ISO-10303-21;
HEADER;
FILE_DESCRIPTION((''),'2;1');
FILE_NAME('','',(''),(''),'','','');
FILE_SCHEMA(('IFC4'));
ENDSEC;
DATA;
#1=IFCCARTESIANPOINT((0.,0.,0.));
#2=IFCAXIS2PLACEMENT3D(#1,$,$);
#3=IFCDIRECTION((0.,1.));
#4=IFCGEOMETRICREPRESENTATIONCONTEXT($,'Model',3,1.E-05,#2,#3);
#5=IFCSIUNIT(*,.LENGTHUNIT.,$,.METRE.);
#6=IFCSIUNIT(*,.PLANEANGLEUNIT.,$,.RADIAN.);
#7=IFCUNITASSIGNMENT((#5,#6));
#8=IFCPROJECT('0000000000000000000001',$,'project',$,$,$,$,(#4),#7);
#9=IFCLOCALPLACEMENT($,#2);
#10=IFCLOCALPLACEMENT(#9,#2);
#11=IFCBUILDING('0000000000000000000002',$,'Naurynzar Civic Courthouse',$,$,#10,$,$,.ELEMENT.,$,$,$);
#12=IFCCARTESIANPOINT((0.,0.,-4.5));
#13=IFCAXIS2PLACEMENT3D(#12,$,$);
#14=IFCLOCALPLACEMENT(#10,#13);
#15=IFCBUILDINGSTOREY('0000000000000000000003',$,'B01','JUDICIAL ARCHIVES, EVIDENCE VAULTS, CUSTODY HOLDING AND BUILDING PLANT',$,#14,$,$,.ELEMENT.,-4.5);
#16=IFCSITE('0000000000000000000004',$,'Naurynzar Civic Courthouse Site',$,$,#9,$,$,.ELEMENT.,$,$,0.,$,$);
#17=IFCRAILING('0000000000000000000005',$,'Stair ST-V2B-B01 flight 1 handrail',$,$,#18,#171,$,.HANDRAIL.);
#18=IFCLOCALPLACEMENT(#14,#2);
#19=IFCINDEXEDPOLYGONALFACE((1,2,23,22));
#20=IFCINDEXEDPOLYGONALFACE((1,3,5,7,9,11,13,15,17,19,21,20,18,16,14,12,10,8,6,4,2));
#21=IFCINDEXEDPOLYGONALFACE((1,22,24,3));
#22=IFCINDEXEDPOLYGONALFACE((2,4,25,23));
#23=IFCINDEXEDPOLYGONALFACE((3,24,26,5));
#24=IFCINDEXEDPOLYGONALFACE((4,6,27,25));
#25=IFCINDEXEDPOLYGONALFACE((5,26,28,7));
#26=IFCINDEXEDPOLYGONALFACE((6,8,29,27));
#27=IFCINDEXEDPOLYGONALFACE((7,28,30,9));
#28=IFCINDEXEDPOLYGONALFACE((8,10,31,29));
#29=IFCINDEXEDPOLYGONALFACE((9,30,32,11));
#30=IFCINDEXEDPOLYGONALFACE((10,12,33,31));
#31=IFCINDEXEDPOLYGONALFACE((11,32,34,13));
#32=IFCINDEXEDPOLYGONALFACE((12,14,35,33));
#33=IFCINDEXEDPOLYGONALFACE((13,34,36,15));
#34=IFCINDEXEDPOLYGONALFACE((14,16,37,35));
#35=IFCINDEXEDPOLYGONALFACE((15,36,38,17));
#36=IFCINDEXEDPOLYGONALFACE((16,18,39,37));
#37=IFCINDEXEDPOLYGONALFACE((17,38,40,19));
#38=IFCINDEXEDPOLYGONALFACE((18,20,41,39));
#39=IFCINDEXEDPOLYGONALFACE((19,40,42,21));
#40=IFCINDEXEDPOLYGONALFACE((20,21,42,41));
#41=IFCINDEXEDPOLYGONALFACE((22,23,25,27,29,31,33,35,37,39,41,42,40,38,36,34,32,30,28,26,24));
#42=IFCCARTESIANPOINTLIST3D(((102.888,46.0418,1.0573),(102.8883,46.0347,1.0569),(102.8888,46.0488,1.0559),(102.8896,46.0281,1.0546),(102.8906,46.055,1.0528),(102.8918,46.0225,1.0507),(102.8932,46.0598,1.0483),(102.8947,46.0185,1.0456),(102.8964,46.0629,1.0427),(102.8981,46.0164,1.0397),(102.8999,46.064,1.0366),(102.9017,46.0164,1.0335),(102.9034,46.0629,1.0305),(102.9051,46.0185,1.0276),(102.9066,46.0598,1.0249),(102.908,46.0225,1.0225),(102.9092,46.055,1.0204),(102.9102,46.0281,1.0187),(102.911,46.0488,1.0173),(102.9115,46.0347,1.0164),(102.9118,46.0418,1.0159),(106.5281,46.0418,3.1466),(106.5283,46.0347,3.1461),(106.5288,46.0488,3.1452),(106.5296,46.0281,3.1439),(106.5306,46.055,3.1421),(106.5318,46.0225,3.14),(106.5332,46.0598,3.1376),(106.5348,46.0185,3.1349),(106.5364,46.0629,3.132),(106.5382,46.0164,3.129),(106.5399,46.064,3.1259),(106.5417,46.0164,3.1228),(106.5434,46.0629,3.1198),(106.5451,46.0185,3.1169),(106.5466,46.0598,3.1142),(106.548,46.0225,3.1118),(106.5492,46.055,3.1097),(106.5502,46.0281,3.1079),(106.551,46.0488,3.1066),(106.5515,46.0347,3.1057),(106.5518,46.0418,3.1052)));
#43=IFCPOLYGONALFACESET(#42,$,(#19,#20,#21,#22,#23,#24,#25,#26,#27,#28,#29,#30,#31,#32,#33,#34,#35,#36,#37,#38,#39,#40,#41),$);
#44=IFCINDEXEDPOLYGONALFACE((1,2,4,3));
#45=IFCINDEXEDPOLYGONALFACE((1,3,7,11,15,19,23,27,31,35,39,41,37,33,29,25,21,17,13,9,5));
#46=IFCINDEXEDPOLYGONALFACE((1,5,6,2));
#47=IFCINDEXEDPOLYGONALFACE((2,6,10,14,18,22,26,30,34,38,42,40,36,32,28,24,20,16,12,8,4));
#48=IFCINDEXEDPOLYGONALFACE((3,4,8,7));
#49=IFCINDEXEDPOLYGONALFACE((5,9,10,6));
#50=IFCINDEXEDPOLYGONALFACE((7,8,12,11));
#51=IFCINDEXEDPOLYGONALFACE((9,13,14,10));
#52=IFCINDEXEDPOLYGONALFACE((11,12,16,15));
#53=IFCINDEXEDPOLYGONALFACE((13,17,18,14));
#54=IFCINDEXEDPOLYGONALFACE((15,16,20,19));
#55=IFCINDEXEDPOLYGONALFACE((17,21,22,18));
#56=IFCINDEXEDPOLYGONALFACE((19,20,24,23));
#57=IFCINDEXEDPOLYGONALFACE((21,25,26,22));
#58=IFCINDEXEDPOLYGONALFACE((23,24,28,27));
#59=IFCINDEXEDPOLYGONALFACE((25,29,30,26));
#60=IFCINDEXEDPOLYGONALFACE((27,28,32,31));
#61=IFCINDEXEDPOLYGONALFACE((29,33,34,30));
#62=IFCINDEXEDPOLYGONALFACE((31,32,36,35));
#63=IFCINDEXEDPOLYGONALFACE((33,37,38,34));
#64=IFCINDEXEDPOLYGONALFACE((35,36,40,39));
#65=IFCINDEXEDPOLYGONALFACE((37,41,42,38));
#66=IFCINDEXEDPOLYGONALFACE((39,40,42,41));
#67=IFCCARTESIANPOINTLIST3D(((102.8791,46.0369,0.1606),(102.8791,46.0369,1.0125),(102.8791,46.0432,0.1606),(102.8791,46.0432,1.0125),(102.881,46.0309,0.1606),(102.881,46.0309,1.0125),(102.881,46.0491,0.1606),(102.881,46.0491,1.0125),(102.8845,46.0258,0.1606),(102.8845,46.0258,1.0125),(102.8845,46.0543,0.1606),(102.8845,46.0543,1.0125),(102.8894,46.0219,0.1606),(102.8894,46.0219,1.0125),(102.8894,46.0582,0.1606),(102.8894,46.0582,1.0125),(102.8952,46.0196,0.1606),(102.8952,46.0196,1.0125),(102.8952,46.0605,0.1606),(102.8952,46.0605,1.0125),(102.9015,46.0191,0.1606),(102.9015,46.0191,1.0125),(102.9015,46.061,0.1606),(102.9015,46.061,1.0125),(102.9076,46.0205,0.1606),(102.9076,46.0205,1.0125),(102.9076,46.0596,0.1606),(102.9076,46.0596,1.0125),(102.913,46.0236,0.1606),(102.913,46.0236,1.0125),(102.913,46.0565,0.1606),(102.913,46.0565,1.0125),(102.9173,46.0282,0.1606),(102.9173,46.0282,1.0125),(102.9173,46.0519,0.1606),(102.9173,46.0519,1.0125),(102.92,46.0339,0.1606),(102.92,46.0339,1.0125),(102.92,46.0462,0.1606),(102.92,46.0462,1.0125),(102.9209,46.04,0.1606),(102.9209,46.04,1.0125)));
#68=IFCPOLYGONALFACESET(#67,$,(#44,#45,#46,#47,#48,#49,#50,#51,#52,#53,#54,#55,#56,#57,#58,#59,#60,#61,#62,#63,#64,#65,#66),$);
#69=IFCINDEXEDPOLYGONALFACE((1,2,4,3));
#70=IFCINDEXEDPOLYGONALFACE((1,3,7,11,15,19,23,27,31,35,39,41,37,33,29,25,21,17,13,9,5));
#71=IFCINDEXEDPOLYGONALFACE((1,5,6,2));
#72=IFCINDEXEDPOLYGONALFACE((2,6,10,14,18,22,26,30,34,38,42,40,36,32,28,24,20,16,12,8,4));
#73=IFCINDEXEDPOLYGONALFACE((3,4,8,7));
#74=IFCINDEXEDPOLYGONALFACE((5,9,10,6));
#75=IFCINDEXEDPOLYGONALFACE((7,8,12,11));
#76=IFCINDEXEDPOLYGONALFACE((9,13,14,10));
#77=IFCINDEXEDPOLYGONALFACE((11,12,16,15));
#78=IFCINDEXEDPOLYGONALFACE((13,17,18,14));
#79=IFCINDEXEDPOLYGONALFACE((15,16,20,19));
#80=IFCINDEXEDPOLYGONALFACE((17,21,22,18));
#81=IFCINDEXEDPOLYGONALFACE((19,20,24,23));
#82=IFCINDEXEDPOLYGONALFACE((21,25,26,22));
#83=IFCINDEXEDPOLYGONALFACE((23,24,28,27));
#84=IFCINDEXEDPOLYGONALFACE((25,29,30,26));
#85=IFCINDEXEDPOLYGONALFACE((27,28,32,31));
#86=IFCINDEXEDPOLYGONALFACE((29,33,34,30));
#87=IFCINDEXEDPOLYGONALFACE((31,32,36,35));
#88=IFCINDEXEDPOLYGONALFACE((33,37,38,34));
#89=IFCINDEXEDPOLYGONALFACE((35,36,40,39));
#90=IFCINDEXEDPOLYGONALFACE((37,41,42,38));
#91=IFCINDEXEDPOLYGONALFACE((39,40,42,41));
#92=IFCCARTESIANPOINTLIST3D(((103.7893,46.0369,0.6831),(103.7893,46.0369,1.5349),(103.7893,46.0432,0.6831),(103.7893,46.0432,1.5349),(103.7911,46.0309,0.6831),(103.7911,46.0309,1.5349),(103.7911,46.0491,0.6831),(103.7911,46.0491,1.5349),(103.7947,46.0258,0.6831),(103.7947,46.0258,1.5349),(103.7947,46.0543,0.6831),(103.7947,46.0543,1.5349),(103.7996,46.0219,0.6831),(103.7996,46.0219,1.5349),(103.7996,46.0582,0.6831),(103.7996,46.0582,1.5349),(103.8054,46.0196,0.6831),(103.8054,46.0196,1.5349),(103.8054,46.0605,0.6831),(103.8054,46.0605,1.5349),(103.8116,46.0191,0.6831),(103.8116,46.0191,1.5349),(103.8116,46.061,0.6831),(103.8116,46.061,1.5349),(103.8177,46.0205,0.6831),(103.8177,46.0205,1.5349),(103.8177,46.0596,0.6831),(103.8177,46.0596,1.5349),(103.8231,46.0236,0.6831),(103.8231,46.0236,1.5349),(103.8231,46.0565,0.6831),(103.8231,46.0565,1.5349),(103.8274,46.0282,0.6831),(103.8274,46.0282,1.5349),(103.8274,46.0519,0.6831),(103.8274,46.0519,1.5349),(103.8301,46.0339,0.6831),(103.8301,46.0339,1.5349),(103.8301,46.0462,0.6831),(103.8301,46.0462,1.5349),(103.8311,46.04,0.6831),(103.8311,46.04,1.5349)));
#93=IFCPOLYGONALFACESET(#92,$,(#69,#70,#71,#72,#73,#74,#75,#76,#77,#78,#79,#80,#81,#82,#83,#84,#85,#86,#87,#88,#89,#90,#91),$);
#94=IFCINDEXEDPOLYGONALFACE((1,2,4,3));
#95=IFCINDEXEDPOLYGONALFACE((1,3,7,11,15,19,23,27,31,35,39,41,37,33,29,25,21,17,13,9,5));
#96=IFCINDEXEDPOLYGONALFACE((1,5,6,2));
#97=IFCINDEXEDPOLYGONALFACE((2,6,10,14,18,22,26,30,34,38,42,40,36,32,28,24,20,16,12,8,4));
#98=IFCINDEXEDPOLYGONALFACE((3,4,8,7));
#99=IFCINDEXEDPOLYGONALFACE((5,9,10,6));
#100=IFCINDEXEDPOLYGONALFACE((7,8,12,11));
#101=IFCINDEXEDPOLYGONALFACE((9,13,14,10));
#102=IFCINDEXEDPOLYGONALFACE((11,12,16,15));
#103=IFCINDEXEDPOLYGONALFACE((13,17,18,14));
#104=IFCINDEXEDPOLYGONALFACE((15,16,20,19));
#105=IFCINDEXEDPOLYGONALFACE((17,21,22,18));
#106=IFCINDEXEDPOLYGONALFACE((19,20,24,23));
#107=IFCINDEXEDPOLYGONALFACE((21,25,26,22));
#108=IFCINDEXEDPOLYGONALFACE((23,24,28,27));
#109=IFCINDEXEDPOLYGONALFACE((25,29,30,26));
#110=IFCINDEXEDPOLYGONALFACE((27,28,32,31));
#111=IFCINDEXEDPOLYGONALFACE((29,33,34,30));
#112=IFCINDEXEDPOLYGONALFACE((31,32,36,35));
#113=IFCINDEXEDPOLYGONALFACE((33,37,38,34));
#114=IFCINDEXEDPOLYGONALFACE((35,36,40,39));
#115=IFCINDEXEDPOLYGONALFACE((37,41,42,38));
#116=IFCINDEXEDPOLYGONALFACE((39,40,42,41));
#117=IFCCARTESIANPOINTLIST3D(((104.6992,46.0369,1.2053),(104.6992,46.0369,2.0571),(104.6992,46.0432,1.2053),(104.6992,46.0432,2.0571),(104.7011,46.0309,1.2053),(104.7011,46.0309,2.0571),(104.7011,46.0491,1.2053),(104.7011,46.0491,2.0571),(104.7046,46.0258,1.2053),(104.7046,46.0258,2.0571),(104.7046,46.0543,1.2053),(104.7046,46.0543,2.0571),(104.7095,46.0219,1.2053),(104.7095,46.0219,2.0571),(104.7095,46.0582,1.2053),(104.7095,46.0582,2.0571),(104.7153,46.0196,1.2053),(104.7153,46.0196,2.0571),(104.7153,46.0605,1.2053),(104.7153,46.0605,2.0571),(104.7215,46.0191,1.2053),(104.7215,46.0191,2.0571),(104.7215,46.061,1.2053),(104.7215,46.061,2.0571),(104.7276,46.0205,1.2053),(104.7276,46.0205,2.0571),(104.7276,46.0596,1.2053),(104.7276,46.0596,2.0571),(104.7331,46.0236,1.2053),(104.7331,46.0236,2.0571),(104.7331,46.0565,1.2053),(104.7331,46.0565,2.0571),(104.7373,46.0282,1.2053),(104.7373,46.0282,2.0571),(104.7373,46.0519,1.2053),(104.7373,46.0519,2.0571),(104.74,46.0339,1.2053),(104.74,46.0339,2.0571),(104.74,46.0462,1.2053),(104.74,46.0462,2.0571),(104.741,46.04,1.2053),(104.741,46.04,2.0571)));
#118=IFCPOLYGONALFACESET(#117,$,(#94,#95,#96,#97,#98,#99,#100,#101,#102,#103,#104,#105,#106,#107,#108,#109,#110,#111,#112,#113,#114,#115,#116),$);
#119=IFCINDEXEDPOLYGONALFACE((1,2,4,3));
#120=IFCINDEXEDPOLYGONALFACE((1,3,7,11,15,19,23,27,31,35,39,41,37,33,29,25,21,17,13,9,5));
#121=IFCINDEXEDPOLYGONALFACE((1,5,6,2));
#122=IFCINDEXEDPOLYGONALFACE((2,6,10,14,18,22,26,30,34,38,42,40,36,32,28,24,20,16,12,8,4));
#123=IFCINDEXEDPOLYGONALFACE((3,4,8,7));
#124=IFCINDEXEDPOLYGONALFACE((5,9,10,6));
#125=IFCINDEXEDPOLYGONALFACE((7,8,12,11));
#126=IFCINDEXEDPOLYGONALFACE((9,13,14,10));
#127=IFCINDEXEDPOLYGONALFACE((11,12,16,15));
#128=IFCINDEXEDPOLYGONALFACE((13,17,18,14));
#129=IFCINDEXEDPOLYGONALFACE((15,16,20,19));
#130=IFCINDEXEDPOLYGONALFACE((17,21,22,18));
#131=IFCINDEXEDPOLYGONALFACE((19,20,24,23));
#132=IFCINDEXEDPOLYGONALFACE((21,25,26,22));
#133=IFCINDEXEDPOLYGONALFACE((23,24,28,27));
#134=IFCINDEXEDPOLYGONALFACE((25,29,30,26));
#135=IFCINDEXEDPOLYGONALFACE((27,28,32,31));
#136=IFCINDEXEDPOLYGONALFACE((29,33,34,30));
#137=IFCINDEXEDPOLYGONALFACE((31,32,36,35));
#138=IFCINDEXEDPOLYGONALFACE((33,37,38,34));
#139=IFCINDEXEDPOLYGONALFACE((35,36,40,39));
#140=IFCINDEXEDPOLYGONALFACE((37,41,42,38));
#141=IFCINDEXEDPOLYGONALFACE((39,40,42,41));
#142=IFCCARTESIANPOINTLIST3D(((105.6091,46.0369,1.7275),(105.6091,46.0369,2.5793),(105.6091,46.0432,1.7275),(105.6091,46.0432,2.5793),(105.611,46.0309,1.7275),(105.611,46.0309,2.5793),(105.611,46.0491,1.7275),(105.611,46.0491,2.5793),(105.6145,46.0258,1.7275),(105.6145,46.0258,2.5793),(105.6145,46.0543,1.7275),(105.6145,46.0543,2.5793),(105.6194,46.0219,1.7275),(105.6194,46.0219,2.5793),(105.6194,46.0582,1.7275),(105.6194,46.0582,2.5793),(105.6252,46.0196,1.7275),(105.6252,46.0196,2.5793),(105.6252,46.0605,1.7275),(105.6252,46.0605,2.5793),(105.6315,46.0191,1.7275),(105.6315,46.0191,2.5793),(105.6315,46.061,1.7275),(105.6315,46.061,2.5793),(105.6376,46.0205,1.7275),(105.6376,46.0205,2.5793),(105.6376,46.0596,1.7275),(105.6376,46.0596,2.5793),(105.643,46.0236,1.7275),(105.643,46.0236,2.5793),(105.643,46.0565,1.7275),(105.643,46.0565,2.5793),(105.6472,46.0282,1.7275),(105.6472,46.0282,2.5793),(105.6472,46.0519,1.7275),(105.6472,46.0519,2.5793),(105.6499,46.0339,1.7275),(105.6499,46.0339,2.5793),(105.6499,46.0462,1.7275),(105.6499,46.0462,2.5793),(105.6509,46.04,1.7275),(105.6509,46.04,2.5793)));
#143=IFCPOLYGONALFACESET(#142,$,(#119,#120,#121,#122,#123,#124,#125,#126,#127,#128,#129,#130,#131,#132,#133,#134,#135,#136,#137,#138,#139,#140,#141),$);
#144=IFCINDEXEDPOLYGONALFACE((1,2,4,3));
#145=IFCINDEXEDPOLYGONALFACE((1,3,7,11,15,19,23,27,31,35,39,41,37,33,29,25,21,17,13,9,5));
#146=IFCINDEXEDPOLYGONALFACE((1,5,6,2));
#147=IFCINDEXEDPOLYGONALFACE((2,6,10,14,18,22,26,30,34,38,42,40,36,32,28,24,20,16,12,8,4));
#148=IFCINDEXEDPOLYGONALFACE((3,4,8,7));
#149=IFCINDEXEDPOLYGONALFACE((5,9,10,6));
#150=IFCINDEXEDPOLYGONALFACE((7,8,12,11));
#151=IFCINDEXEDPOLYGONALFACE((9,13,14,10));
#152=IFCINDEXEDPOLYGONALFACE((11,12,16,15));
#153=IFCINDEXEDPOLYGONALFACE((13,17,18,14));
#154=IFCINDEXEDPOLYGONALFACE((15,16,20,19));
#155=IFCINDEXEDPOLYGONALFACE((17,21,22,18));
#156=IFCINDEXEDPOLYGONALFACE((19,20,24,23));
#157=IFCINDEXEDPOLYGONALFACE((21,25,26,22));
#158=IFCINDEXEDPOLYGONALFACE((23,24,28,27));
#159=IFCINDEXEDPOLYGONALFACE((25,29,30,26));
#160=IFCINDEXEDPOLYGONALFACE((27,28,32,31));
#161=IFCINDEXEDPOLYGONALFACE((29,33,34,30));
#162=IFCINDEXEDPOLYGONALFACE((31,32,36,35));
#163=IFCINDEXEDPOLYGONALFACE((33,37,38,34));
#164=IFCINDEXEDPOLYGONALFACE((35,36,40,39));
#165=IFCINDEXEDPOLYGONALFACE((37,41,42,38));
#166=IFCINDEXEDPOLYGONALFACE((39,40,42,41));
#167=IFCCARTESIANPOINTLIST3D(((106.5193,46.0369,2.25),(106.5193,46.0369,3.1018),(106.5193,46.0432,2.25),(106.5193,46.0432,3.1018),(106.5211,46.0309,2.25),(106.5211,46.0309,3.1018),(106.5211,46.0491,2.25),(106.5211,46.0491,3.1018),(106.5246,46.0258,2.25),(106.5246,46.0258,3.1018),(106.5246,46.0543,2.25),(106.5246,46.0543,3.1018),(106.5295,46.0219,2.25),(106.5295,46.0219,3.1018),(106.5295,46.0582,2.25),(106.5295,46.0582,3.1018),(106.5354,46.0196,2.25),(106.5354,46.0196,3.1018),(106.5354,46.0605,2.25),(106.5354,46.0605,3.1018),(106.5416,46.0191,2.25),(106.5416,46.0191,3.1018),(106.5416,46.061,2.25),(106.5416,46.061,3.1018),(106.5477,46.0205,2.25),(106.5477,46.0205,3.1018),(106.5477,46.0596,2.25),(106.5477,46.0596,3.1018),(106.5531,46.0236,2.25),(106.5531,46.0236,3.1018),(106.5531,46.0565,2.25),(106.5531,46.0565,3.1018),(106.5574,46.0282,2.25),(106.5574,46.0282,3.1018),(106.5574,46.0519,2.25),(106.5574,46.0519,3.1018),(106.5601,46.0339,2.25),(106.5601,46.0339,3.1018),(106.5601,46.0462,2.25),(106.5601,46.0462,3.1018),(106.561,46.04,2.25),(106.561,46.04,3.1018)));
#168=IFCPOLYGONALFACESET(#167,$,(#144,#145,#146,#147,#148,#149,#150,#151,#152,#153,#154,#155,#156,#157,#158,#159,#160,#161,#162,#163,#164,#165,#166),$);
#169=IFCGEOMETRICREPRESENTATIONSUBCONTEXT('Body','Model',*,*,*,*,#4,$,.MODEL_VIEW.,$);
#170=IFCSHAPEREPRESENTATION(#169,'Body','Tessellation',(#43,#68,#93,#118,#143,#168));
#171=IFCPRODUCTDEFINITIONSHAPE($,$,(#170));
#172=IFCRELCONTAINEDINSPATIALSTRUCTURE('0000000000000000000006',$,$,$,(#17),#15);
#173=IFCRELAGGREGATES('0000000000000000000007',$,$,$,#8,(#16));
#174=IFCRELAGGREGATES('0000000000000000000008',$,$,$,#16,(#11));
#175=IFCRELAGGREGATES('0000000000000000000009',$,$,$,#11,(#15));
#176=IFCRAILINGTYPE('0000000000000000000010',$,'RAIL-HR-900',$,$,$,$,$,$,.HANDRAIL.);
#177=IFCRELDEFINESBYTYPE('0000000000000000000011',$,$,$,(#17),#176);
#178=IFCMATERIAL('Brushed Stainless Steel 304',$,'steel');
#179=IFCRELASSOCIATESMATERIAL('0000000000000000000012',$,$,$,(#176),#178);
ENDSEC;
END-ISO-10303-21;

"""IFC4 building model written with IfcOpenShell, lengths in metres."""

from ifc_helpers import new_model, si_unit, direction, frame, origin, origin_2d, place, context, subcontext, project, spatial, circle, extrude, material, type_object, element, save


model = new_model("IFC4")

# Units and contexts
model_context = context("Model", 3, precision=1e-05, world=origin(), true_north=direction((0.0, 1.0)))
body_context = subcontext(model_context, "Body", "Model", "MODEL_VIEW")
ifc_project = project(units=[si_unit("LENGTHUNIT", "METRE"), si_unit("PLANEANGLEUNIT", "RADIAN")], contexts=[model_context])

# Site, building, storey
site_placement = place(None, origin())
site = spatial("IfcSite", under=ifc_project, at=site_placement, Name="Naurynzar Civic Courthouse Site", CompositionType="ELEMENT", RefElevation=0.0)
building_placement = place(site_placement, origin())
building = spatial("IfcBuilding", under=site, at=building_placement, Name="Naurynzar Civic Courthouse", CompositionType="ELEMENT")
storey_placement = place(building_placement, frame((0.0, 0.0, -4.5)))
storey = spatial("IfcBuildingStorey", under=building, at=storey_placement, Name="B01", Description="JUDICIAL ARCHIVES, EVIDENCE VAULTS, CUSTODY HOLDING AND BUILDING PLANT", CompositionType="ELEMENT", Elevation=-4.5)

# Railing
ifc_material_1 = material(Name="Brushed Stainless Steel 304", Category="steel")
railing_type_1 = type_object("IfcRailingType", Name="RAIL-HR-900", PredefinedType="HANDRAIL", material=ifc_material_1)
railing_1_placement = place(storey_placement, frame((102.8999, 46.04, 0.1606)))
element("IfcRailing", 1, at=railing_1_placement, inside=storey, type_object=railing_type_1, Name="Stair ST-V2B-B01 flight 1 handrail", PredefinedType="HANDRAIL", context=body_context, shape_type="SweptSolid", body=[
    extrude(circle(Radius=0.0239, at=origin_2d()), frame((0.0, 0.0, 0.876), z_axis=(0.867289, 0.0, 0.497804), x_axis=(0.0, 1.0, 0.0)), (0.0, 0.0, 1.0), 4.197),
    extrude(circle(Radius=0.021, at=origin_2d()), origin(), (0.0, 0.0, 1.0), 0.8518),
    extrude(circle(Radius=0.021, at=origin_2d()), frame((0.9102, 0.0, 0.5225)), (0.0, 0.0, 1.0), 0.8518),
    extrude(circle(Radius=0.021, at=origin_2d()), frame((1.8201, 0.0, 1.0447)), (0.0, 0.0, 1.0), 0.8518),
    extrude(circle(Radius=0.021, at=origin_2d()), frame((2.73, 0.0, 1.5669)), (0.0, 0.0, 1.0), 0.8518),
    extrude(circle(Radius=0.021, at=origin_2d()), frame((3.6401, 0.0, 2.0894)), (0.0, 0.0, 1.0), 0.8518),
])

save(model, "model.ifc")
